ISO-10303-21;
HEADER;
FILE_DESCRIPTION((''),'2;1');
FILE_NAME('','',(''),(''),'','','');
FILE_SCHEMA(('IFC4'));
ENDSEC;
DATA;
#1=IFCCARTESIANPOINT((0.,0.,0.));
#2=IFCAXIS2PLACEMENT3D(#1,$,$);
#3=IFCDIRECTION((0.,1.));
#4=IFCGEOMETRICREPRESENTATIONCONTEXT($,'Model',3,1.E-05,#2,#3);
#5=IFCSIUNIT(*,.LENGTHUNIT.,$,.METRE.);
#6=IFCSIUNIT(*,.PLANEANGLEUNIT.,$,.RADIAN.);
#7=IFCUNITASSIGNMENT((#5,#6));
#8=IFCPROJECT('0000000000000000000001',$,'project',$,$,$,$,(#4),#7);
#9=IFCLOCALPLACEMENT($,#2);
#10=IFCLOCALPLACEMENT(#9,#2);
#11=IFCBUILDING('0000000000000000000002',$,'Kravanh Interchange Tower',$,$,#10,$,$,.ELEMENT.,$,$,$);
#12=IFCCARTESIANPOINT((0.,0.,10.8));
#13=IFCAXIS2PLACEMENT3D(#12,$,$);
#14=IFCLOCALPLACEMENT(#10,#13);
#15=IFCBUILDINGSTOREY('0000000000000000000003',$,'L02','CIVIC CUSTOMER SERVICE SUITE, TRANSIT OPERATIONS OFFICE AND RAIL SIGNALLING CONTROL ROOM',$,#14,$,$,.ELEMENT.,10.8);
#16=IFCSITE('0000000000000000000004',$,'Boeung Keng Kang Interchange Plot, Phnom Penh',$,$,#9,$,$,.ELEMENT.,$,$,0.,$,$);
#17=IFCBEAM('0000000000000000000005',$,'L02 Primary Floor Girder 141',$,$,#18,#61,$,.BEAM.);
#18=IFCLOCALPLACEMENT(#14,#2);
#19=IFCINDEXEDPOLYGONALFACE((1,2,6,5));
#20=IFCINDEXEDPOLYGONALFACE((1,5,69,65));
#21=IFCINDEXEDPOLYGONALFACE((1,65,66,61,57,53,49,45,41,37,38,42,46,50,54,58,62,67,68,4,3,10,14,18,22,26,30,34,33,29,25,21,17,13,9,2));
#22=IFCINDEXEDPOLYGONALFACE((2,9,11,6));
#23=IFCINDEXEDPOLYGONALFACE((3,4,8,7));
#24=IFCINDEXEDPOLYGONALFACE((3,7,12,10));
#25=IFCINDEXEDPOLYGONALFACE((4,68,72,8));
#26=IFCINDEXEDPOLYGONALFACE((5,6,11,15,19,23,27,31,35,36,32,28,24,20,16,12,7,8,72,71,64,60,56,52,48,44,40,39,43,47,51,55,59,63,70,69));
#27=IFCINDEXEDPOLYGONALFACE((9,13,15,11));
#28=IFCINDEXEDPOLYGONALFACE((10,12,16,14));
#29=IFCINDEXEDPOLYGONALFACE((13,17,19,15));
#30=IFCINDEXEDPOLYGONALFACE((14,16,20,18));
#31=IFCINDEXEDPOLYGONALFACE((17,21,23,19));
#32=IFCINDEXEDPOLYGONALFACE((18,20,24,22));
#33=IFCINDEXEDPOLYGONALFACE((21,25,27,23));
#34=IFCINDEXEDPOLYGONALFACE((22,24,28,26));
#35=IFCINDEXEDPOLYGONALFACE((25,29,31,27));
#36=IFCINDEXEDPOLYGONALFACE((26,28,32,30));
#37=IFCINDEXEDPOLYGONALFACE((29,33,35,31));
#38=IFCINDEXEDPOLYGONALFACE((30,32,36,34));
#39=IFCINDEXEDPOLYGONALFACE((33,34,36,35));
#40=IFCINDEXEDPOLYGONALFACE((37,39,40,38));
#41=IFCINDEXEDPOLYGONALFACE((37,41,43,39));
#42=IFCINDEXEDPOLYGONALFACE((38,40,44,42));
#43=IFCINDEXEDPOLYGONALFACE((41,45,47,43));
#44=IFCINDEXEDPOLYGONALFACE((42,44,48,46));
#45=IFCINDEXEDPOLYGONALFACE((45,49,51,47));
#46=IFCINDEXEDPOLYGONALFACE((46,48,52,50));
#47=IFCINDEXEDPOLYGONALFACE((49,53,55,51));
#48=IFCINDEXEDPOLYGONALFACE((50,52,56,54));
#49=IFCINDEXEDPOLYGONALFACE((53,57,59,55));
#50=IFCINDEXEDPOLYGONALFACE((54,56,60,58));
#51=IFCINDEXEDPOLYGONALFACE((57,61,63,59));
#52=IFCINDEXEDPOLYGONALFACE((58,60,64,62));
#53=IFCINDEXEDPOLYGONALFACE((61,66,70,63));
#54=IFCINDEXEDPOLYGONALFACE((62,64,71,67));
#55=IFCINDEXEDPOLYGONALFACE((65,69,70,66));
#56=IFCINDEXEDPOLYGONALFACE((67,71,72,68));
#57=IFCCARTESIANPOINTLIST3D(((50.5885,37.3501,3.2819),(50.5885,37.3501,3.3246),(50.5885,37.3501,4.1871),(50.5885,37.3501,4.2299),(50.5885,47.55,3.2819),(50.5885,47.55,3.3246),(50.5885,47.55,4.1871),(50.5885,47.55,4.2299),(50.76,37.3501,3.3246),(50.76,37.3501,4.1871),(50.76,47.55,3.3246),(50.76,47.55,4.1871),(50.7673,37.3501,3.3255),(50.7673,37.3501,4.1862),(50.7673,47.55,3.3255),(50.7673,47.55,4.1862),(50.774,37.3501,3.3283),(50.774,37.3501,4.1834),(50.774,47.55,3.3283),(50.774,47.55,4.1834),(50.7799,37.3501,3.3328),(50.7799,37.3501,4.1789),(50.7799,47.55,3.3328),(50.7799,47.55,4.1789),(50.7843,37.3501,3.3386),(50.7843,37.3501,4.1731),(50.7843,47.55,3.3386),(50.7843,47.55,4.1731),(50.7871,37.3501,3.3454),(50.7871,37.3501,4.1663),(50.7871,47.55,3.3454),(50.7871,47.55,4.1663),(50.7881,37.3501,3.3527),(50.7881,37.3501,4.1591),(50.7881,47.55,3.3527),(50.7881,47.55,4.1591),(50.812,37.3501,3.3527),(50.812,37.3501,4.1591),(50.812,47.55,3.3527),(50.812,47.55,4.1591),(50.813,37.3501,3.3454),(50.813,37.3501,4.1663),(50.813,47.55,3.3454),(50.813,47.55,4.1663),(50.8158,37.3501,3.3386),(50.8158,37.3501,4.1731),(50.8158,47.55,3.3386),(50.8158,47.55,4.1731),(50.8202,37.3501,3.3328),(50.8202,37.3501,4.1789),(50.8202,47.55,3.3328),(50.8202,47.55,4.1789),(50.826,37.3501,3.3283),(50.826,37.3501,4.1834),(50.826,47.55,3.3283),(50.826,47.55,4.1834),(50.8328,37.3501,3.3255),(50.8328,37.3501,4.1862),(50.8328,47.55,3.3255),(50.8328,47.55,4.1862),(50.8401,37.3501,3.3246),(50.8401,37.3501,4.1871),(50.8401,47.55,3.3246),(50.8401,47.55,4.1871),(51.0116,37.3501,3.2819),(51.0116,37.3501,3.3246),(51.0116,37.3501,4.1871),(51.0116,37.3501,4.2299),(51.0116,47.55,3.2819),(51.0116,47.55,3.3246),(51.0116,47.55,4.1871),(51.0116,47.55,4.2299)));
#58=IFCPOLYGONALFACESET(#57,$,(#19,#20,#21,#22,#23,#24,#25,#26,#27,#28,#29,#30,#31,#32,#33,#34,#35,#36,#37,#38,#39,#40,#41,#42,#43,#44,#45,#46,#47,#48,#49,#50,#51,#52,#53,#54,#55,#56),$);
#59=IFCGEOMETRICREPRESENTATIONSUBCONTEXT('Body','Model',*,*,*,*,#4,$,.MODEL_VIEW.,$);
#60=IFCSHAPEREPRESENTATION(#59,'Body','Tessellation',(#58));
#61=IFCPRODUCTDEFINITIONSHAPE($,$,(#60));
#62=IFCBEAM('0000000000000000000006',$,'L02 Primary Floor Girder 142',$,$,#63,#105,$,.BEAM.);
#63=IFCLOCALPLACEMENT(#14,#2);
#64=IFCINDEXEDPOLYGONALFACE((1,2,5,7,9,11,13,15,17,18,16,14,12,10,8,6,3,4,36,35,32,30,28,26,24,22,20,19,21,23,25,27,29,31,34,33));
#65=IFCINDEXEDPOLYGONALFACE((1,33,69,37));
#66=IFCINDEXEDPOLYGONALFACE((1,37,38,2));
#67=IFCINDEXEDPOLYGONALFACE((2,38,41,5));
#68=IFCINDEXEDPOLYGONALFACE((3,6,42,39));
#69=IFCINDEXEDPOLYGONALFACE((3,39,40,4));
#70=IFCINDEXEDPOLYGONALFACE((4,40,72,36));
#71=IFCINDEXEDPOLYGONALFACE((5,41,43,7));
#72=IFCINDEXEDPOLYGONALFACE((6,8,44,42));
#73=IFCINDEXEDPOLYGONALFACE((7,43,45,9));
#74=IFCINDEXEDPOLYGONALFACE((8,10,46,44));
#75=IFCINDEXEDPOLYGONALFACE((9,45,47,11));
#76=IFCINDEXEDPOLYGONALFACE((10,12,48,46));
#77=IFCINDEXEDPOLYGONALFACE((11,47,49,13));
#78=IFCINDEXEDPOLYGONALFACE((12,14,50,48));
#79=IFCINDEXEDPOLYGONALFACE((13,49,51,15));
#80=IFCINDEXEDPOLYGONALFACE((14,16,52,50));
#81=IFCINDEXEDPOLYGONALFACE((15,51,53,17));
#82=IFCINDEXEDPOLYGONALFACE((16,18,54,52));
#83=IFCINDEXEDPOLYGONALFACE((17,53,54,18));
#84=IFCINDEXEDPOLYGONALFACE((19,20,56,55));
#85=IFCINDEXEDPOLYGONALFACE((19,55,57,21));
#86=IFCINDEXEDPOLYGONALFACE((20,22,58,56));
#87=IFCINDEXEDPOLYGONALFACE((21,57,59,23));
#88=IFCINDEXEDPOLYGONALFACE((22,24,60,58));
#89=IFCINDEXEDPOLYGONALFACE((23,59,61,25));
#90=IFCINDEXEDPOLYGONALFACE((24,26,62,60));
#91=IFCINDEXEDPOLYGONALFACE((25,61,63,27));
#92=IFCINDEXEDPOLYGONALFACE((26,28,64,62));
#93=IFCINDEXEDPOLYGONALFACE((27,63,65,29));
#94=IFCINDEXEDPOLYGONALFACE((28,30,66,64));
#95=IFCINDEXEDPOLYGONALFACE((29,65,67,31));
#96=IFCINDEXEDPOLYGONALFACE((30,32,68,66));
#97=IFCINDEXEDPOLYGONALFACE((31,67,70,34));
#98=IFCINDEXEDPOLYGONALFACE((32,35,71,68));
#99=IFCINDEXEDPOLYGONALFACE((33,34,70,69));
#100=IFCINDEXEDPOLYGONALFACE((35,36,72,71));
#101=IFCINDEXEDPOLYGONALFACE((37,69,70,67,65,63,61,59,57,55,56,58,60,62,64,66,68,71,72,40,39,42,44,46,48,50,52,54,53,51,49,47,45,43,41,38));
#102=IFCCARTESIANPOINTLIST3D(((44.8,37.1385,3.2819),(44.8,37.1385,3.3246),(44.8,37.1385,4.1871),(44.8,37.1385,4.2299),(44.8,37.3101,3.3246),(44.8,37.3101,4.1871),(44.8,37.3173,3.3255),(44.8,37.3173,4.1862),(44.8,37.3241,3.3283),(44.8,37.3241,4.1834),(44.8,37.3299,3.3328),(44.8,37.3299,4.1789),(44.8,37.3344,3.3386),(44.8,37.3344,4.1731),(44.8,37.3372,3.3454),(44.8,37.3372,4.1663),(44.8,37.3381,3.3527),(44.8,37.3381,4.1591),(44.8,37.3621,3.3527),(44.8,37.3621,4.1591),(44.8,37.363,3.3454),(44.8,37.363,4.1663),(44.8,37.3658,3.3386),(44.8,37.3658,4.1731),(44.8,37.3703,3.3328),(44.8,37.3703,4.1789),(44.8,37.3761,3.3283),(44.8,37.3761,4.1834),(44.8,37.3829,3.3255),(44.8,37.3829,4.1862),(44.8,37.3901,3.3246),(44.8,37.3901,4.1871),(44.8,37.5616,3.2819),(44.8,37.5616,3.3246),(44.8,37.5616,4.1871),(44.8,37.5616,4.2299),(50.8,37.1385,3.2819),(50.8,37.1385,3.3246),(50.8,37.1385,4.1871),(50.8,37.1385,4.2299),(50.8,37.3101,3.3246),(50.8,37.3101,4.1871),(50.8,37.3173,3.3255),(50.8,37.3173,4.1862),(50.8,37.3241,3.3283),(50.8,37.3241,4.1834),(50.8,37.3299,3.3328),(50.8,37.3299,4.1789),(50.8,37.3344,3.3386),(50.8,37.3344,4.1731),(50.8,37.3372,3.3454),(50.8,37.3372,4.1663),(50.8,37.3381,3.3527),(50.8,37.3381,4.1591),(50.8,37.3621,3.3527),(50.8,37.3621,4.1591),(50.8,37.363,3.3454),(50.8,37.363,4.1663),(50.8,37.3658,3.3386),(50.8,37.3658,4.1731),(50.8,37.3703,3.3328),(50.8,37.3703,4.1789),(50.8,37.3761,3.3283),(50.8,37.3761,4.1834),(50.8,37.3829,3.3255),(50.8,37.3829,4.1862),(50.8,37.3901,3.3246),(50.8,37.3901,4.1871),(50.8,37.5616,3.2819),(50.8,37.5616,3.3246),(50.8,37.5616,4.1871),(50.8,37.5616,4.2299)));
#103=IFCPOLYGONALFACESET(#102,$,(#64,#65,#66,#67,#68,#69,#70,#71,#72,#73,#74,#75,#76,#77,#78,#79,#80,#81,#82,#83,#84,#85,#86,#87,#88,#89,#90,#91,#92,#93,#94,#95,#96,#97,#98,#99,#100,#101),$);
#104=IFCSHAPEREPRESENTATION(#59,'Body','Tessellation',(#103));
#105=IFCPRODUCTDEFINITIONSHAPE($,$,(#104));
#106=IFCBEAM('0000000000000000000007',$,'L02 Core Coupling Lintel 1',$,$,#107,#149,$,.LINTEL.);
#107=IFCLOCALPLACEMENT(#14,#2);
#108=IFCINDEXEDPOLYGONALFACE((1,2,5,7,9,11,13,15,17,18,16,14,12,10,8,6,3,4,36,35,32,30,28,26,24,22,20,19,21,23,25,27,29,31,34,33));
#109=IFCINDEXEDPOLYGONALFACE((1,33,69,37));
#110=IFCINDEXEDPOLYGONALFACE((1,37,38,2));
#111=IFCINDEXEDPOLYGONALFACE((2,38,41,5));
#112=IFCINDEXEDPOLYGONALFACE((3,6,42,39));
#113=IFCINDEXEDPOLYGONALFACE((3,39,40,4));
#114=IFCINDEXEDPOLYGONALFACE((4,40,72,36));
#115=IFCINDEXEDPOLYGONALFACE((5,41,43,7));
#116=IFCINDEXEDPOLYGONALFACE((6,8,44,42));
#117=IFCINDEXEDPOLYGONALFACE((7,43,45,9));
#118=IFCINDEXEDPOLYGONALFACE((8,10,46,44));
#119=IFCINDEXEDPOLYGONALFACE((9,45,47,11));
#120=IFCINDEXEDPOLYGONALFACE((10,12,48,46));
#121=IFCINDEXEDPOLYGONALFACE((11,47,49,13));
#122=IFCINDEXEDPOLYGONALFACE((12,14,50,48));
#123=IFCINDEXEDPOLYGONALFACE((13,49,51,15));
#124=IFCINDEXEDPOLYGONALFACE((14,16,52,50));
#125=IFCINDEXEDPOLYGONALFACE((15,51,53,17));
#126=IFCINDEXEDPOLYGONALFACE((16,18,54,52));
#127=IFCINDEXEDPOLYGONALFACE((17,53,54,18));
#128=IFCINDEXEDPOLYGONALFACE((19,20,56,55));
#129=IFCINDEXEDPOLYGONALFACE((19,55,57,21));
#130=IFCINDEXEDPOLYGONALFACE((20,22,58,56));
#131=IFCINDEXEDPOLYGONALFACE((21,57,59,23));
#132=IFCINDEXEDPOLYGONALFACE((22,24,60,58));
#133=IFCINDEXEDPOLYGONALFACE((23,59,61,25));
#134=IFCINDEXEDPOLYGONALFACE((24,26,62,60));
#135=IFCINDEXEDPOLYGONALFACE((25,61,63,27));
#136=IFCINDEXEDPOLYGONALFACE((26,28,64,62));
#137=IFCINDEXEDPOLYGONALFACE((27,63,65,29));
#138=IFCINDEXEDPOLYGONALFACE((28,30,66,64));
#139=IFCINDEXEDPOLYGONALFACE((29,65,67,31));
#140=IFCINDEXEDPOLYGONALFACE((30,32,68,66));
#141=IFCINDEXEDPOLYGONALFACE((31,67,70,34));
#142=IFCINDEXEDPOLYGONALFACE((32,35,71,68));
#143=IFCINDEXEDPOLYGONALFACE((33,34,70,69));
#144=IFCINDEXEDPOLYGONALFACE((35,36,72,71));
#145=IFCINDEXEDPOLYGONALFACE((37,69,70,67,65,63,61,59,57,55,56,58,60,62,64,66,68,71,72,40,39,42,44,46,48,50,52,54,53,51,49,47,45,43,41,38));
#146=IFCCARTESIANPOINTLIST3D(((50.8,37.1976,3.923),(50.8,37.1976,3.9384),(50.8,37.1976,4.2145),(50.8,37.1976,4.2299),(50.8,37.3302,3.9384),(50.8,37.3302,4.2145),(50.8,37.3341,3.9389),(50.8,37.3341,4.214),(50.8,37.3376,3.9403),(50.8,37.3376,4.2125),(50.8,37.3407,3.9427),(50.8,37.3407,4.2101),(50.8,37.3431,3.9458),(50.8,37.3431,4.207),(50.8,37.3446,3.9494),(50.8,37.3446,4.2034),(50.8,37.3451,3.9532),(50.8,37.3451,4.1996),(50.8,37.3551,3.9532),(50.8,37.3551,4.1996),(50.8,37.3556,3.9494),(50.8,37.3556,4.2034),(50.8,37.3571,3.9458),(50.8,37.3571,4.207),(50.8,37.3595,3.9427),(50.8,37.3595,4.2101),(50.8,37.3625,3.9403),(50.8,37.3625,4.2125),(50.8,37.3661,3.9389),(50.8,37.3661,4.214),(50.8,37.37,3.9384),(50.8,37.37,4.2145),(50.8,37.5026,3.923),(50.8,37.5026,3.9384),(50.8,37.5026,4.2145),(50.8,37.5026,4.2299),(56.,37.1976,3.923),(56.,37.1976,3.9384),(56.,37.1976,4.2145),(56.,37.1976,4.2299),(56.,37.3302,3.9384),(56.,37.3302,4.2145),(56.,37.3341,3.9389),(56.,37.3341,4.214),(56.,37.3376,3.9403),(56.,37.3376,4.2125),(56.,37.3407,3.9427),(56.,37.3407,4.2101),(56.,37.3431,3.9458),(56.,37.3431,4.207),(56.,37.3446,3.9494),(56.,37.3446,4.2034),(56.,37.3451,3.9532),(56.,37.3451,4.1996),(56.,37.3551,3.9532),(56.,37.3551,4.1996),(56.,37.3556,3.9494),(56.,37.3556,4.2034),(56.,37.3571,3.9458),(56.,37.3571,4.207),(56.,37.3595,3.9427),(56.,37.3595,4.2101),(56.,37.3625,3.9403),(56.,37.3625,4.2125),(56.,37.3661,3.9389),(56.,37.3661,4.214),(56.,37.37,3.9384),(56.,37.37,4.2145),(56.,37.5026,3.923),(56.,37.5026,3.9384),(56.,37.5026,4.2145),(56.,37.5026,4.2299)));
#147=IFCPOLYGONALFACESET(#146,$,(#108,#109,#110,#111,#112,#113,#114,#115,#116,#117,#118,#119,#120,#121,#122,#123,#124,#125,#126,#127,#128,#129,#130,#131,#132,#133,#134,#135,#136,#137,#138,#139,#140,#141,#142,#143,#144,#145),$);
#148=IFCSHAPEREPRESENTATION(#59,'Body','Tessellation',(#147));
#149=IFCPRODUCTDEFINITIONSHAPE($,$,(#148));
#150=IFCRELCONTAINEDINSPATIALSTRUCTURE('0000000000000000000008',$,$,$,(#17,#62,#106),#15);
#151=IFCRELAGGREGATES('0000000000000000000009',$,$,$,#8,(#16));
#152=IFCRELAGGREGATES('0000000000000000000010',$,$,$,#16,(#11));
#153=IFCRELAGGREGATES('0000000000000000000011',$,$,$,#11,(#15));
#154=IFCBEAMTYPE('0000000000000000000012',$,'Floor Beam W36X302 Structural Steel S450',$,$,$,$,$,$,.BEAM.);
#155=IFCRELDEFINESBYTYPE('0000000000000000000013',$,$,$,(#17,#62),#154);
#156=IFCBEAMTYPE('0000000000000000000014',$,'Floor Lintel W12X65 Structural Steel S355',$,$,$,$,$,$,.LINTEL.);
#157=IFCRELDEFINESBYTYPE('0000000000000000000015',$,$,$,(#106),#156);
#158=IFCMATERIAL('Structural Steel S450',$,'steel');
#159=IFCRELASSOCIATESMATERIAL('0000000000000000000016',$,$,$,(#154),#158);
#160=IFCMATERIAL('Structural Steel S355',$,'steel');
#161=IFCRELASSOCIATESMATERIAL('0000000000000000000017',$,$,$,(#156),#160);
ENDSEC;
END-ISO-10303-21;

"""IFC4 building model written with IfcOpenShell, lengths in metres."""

from ifc_helpers import new_model, si_unit, direction, frame, origin, origin_2d, place, context, subcontext, project, spatial, i_section, extrude, material, material_profile, profile_set, type_object, element, save


model = new_model("IFC4")

# Units and contexts
model_context = context("Model", 3, precision=1e-05, world=origin(), true_north=direction((0.0, 1.0)))
body_context = subcontext(model_context, "Body", "Model", "MODEL_VIEW")
ifc_project = project(units=[si_unit("LENGTHUNIT", "METRE"), si_unit("PLANEANGLEUNIT", "RADIAN")], contexts=[model_context])

# Site, building, storey
site_placement = place(None, origin())
site = spatial("IfcSite", under=ifc_project, at=site_placement, Name="Boeung Keng Kang Interchange Plot, Phnom Penh", CompositionType="ELEMENT", RefElevation=0.0)
building_placement = place(site_placement, origin())
building = spatial("IfcBuilding", under=site, at=building_placement, Name="Kravanh Interchange Tower", CompositionType="ELEMENT")
storey_placement = place(building_placement, frame((0.0, 0.0, 10.8)))
storey = spatial("IfcBuildingStorey", under=building, at=storey_placement, Name="L02", Description="CIVIC CUSTOMER SERVICE SUITE, TRANSIT OPERATIONS OFFICE AND RAIL SIGNALLING CONTROL ROOM", CompositionType="ELEMENT", Elevation=10.8)

# Beams
ifc_material_1 = material(Name="Structural Steel S450", Category="steel")
ifc_material_profile_1 = material_profile(ifc_material_1, i_section(OverallWidth=0.4231, OverallDepth=0.948, WebThickness=0.0239, FlangeThickness=0.0427, FilletRadius=0.0281, at=origin_2d()), Name="W36X302")
ifc_profile_set_1 = profile_set([ifc_material_profile_1], Name="Structural Steel S450")
beam_type_1 = type_object("IfcBeamType", Name="Floor Beam W36X302 Structural Steel S450", PredefinedType="BEAM", material=ifc_profile_set_1)
beam_1_placement = place(storey_placement, frame((50.8, 47.55, 3.7559), z_axis=(0.0, -1.0, 0.0), x_axis=(1.0, 0.0, 0.0)))
element("IfcBeam", 1, at=beam_1_placement, inside=storey, type_object=beam_type_1, Name="L02 Primary Floor Girder 141", PredefinedType="BEAM", context=body_context, shape_type="SweptSolid", body=[
    extrude(i_section(OverallWidth=0.4231, OverallDepth=0.948, WebThickness=0.0239, FlangeThickness=0.0427, FilletRadius=0.0281, at=origin_2d()), origin(), (0.0, 0.0, 1.0), 10.2),
])
beam_2_placement = place(storey_placement, frame((50.8, 37.3501, 3.7559), z_axis=(-1.0, 0.0, 0.0), x_axis=(0.0, -1.0, 0.0)))
element("IfcBeam", 2, at=beam_2_placement, inside=storey, type_object=beam_type_1, Name="L02 Primary Floor Girder 142", PredefinedType="BEAM", context=body_context, shape_type="SweptSolid", body=[
    extrude(i_section(OverallWidth=0.4231, OverallDepth=0.948, WebThickness=0.0239, FlangeThickness=0.0427, FilletRadius=0.0281, at=origin_2d()), origin(), (0.0, 0.0, 1.0), 6.0),
])
ifc_material_2 = material(Name="Structural Steel S355", Category="steel")
ifc_material_profile_2 = material_profile(ifc_material_2, i_section(OverallWidth=0.3049, OverallDepth=0.3069, WebThickness=0.01, FlangeThickness=0.0154, FilletRadius=0.0149, at=origin_2d()), Name="W12X65")
ifc_profile_set_2 = profile_set([ifc_material_profile_2], Name="Structural Steel S355")
beam_type_2 = type_object("IfcBeamType", Name="Floor Lintel W12X65 Structural Steel S355", PredefinedType="LINTEL", material=ifc_profile_set_2)
beam_3_placement = place(storey_placement, frame((50.8, 37.3501, 4.0764), z_axis=(1.0, 0.0, 0.0), x_axis=(0.0, 1.0, 0.0)))
element("IfcBeam", 3, at=beam_3_placement, inside=storey, type_object=beam_type_2, Name="L02 Core Coupling Lintel 1", PredefinedType="LINTEL", context=body_context, shape_type="SweptSolid", body=[
    extrude(i_section(OverallWidth=0.3049, OverallDepth=0.3069, WebThickness=0.01, FlangeThickness=0.0154, FilletRadius=0.0149, at=origin_2d()), origin(), (0.0, 0.0, 1.0), 5.2),
])

save(model, "model.ifc")
